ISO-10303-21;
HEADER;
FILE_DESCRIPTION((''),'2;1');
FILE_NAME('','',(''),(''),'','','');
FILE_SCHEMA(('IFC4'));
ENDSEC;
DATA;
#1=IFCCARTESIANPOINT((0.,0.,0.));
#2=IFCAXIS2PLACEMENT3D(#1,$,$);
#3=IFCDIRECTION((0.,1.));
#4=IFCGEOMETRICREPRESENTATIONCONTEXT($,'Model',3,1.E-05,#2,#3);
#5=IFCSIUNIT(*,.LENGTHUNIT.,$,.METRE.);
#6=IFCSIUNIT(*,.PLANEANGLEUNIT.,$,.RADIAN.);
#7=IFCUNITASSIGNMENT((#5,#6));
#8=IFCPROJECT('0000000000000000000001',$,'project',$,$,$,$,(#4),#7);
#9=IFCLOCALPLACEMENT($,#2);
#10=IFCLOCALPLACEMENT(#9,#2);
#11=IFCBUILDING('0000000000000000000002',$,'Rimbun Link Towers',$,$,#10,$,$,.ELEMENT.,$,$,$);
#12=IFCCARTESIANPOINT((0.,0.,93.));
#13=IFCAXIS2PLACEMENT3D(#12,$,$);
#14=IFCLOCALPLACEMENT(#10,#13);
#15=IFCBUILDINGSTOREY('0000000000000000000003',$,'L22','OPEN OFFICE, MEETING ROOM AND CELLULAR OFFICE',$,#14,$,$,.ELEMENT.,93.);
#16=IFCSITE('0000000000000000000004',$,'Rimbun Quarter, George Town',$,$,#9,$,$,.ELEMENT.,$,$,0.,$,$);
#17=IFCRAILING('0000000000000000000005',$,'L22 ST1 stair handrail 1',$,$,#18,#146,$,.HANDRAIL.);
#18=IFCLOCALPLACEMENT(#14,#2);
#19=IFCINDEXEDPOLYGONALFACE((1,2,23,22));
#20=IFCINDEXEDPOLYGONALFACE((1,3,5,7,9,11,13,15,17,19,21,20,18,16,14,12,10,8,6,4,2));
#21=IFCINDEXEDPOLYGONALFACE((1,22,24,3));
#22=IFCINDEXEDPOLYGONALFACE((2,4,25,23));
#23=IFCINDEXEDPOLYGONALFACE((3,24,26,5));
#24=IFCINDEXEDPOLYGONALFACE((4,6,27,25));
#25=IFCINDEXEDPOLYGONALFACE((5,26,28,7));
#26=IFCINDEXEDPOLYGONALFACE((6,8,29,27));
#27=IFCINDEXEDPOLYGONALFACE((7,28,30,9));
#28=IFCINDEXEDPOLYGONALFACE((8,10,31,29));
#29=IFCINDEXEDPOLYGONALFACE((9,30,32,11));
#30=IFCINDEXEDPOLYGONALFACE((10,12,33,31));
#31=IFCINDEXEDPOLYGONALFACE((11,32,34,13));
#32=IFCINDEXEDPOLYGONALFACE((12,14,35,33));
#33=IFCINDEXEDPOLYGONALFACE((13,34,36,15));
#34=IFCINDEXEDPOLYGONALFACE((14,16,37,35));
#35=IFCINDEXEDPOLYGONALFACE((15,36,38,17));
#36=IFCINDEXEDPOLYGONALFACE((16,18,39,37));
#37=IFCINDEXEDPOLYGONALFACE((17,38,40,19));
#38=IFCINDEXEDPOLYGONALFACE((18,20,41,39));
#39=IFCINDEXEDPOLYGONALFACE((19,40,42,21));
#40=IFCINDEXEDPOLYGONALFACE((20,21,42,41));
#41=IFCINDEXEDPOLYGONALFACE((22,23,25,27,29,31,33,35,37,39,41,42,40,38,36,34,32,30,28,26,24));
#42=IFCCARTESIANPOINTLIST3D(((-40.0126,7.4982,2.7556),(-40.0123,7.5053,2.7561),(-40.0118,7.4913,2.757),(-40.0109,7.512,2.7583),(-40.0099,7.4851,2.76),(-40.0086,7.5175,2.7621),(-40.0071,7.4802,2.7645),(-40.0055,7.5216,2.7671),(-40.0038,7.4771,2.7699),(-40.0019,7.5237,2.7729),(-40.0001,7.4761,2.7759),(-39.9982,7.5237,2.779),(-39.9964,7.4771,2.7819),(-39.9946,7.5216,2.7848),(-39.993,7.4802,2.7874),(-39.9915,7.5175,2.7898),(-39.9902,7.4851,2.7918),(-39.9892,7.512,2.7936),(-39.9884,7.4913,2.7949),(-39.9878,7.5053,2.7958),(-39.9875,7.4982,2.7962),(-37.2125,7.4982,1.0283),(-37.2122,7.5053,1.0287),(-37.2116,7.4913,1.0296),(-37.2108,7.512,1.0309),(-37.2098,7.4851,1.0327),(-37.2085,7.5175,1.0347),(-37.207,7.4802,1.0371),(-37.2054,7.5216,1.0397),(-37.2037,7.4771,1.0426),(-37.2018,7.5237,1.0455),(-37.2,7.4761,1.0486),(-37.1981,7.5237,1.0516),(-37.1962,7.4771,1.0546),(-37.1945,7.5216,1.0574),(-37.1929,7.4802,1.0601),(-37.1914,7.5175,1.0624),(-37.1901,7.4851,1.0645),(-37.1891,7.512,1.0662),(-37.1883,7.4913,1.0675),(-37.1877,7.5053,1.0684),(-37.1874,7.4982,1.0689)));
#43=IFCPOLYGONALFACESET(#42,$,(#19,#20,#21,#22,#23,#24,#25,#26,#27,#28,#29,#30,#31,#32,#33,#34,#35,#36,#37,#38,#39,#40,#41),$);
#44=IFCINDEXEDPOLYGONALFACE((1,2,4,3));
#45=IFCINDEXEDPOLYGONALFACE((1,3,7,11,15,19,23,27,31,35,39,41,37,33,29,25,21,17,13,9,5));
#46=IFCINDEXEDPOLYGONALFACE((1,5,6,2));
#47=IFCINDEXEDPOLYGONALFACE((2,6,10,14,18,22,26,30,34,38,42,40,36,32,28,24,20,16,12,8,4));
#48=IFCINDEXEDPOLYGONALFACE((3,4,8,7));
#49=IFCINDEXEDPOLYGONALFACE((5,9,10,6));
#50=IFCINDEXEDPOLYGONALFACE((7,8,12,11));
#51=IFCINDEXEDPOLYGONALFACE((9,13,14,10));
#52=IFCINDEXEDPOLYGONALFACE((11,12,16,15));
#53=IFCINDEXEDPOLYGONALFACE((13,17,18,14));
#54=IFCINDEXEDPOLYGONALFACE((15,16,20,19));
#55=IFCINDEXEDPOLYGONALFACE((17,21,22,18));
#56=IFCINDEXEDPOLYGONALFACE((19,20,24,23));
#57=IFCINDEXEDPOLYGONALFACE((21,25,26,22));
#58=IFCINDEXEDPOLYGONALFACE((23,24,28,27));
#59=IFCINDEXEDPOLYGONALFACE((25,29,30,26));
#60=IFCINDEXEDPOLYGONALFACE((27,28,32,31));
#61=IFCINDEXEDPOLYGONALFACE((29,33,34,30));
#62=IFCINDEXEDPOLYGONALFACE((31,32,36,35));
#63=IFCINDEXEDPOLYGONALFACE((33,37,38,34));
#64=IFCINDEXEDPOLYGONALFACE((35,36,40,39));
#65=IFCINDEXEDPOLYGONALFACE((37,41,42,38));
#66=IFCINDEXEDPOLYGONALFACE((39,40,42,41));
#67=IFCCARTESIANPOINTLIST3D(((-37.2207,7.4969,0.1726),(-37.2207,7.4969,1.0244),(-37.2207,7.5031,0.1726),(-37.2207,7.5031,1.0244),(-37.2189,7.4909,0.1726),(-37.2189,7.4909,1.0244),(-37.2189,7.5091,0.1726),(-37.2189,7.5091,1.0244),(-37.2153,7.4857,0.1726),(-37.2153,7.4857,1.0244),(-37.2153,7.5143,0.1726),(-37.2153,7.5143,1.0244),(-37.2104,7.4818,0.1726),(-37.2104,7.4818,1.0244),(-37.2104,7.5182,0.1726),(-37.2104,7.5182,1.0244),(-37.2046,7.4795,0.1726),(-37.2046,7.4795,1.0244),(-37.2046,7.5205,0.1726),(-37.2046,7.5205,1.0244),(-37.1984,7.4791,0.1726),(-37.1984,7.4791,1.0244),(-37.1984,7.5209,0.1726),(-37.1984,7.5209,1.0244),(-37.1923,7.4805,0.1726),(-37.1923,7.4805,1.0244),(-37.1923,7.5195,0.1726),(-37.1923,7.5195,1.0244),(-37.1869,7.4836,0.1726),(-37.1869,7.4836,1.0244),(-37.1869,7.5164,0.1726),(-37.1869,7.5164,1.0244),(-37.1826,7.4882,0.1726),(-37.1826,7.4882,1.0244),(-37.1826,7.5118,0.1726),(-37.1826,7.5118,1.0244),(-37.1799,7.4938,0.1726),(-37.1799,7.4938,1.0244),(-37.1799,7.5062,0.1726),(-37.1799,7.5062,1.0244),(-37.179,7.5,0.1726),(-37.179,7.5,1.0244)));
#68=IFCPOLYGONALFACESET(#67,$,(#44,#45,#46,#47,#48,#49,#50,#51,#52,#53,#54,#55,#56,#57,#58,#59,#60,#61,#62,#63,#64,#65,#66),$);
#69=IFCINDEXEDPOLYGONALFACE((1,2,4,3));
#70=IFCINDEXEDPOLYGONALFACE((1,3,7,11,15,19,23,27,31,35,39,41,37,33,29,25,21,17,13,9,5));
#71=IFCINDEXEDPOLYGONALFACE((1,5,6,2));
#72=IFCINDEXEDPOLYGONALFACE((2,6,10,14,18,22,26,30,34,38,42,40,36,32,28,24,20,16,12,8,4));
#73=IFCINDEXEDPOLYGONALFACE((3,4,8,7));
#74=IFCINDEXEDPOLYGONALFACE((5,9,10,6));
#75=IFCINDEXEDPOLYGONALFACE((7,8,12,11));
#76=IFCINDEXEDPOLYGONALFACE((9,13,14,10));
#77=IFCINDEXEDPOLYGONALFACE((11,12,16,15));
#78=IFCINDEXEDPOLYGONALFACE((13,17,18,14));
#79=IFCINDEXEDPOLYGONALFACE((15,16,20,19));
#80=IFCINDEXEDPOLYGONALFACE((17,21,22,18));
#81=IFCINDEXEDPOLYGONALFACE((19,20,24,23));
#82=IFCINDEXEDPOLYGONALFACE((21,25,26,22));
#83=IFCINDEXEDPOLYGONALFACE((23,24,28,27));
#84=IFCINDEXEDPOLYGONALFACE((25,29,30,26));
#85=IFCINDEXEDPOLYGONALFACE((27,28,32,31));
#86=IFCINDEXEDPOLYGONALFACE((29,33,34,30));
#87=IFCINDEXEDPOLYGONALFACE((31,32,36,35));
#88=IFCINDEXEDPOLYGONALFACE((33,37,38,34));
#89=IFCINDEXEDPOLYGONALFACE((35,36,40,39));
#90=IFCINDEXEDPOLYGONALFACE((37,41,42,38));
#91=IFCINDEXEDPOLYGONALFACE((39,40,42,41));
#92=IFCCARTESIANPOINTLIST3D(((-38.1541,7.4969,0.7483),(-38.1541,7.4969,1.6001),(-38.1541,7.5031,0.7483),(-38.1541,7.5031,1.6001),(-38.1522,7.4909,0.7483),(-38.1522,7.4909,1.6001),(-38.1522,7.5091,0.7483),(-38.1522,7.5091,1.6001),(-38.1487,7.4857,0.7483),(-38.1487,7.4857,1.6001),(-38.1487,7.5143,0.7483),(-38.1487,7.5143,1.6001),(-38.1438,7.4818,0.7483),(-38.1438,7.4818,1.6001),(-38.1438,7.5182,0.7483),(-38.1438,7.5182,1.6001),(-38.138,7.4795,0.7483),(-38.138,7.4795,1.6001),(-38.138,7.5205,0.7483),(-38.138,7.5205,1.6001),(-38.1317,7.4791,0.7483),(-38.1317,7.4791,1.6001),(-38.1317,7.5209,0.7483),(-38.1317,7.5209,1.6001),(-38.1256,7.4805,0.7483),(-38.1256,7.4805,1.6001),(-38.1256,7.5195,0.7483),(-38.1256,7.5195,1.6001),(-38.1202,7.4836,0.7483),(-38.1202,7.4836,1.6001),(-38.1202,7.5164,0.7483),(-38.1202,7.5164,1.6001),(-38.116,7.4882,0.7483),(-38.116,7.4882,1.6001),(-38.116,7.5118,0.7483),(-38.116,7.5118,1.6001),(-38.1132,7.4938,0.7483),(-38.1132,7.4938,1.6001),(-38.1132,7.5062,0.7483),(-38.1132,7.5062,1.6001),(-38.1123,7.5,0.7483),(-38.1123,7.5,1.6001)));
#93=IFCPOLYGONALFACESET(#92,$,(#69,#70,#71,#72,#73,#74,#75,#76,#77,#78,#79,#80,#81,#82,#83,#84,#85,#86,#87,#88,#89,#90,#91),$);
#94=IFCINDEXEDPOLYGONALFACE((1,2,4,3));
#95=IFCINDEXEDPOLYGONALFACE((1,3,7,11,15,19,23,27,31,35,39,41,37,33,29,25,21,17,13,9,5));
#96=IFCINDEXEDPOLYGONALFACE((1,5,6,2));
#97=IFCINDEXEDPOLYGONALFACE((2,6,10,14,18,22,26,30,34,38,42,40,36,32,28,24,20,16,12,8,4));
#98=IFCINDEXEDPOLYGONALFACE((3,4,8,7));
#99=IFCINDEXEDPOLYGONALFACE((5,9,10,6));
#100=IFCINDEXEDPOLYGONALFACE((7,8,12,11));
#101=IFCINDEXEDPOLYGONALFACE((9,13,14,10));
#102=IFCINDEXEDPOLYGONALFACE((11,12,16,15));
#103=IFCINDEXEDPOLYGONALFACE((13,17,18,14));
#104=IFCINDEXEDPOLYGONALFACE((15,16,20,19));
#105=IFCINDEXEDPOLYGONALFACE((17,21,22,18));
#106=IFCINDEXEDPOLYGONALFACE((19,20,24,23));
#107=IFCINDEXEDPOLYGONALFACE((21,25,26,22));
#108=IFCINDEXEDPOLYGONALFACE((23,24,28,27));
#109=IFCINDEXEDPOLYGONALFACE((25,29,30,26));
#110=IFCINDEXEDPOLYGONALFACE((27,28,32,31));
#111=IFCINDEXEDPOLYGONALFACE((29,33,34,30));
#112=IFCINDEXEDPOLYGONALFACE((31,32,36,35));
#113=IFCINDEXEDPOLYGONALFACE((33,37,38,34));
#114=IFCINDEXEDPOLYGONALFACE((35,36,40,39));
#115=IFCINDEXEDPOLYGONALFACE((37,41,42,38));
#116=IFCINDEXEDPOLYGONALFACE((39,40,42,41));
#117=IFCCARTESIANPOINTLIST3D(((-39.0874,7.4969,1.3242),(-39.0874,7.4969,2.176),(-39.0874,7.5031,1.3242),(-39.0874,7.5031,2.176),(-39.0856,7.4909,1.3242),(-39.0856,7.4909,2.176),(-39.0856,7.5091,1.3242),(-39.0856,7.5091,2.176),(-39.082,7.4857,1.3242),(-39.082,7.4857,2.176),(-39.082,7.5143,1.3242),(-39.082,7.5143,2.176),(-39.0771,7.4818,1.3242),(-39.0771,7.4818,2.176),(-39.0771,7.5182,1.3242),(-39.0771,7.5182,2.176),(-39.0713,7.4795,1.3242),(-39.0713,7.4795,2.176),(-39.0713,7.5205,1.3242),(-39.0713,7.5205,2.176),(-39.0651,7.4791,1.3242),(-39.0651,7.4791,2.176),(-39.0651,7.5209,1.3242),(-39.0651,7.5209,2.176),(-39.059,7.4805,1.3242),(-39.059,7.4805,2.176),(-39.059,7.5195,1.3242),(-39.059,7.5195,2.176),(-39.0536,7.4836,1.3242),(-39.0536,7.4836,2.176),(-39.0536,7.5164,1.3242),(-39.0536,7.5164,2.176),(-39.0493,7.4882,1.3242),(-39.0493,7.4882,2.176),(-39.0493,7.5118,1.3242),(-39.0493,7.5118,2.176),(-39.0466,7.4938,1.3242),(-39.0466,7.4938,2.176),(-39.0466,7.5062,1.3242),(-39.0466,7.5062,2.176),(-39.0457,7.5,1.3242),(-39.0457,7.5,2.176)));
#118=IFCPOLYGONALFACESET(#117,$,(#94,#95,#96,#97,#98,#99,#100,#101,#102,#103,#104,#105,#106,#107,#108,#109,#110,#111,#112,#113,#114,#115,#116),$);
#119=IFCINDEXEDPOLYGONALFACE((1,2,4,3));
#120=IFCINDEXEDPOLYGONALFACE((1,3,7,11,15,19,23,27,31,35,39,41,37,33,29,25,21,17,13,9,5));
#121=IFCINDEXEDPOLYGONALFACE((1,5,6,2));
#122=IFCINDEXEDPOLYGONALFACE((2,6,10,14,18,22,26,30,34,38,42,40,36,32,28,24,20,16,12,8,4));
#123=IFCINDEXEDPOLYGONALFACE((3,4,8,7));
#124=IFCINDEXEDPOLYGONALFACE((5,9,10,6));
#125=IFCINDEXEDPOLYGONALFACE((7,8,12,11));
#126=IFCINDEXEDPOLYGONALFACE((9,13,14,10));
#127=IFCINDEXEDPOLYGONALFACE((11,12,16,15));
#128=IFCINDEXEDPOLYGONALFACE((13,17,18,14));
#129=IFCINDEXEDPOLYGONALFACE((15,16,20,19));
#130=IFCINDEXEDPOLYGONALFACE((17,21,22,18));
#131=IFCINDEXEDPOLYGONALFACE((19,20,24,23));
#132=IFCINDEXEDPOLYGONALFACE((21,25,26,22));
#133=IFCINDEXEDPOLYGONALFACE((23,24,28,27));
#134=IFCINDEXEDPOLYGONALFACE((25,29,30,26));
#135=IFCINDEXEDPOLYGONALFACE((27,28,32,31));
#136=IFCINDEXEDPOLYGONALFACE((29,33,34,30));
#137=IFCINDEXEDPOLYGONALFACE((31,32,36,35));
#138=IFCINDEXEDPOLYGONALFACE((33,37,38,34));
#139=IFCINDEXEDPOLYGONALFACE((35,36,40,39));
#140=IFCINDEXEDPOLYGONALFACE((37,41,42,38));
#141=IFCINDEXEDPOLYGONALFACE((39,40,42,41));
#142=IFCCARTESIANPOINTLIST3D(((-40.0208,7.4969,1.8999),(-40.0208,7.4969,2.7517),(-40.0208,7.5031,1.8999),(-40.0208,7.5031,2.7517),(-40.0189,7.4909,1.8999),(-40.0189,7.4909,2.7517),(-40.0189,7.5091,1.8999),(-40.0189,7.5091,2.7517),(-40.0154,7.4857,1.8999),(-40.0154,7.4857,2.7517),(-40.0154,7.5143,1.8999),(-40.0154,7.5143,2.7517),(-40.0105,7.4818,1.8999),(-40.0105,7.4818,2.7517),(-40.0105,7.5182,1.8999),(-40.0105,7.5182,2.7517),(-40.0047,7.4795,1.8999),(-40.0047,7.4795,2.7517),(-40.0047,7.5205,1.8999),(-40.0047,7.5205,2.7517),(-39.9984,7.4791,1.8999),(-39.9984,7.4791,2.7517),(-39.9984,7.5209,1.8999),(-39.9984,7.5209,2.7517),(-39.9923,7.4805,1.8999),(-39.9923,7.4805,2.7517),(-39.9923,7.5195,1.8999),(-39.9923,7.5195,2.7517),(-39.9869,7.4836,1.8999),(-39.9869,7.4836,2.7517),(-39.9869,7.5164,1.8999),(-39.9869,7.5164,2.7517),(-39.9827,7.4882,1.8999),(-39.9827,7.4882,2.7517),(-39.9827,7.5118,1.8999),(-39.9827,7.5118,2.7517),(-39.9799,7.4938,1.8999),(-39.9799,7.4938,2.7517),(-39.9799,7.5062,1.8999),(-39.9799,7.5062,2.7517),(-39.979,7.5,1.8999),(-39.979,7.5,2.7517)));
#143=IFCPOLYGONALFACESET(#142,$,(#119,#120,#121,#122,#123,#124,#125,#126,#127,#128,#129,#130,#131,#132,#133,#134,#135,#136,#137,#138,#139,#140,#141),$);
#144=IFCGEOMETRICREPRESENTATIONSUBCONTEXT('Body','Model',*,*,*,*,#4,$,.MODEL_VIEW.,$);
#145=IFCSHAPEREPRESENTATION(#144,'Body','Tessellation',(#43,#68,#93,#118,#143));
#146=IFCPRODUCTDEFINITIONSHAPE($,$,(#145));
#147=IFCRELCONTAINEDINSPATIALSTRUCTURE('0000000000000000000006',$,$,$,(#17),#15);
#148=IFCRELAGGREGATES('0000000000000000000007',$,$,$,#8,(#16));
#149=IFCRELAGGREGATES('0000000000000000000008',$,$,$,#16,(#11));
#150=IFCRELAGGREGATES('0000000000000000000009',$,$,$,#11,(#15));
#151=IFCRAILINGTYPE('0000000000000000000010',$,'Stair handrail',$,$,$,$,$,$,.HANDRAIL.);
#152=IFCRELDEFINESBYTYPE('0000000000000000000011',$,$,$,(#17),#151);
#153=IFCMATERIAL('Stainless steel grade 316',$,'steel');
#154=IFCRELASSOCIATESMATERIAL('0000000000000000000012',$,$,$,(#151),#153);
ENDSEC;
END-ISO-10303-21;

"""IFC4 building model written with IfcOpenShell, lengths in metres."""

from ifc_helpers import new_model, si_unit, direction, frame, origin, origin_2d, place, context, subcontext, project, spatial, circle, extrude, material, type_object, element, save


model = new_model("IFC4")

# Units and contexts
model_context = context("Model", 3, precision=1e-05, world=origin(), true_north=direction((0.0, 1.0)))
body_context = subcontext(model_context, "Body", "Model", "MODEL_VIEW")
ifc_project = project(units=[si_unit("LENGTHUNIT", "METRE"), si_unit("PLANEANGLEUNIT", "RADIAN")], contexts=[model_context])

# Site, building, storey
site_placement = place(None, origin())
site = spatial("IfcSite", under=ifc_project, at=site_placement, Name="Rimbun Quarter, George Town", CompositionType="ELEMENT", RefElevation=0.0)
building_placement = place(site_placement, origin())
building = spatial("IfcBuilding", under=site, at=building_placement, Name="Rimbun Link Towers", CompositionType="ELEMENT")
storey_placement = place(building_placement, frame((0.0, 0.0, 93.0)))
storey = spatial("IfcBuildingStorey", under=building, at=storey_placement, Name="L22", Description="OPEN OFFICE, MEETING ROOM AND CELLULAR OFFICE", CompositionType="ELEMENT", Elevation=93.0)

# Railing
ifc_material_1 = material(Name="Stainless steel grade 316", Category="steel")
railing_type_1 = type_object("IfcRailingType", Name="Stair handrail", PredefinedType="HANDRAIL", material=ifc_material_1)
railing_1_placement = place(storey_placement, frame((-37.2, 7.5, 0.1726)))
element("IfcRailing", 1, at=railing_1_placement, inside=storey, type_object=railing_type_1, Name="L22 ST1 stair handrail 1", PredefinedType="HANDRAIL", context=body_context, shape_type="SweptSolid", body=[
    extrude(circle(Radius=0.0239, at=origin_2d()), frame((0.0, 0.0, 0.876), z_axis=(-0.85109, 0.0, 0.52502), x_axis=(0.0, -1.0, 0.0)), (0.0, 0.0, 1.0), 3.29),
    extrude(circle(Radius=0.021, at=origin_2d()), origin(), (0.0, 0.0, 1.0), 0.8518),
    extrude(circle(Radius=0.021, at=origin_2d()), frame((-0.9333, 0.0, 0.5757)), (0.0, 0.0, 1.0), 0.8518),
    extrude(circle(Radius=0.021, at=origin_2d()), frame((-1.8667, 0.0, 1.1516)), (0.0, 0.0, 1.0), 0.8518),
    extrude(circle(Radius=0.021, at=origin_2d()), frame((-2.8, 0.0, 1.7273)), (0.0, 0.0, 1.0), 0.8518),
])

save(model, "model.ifc")
